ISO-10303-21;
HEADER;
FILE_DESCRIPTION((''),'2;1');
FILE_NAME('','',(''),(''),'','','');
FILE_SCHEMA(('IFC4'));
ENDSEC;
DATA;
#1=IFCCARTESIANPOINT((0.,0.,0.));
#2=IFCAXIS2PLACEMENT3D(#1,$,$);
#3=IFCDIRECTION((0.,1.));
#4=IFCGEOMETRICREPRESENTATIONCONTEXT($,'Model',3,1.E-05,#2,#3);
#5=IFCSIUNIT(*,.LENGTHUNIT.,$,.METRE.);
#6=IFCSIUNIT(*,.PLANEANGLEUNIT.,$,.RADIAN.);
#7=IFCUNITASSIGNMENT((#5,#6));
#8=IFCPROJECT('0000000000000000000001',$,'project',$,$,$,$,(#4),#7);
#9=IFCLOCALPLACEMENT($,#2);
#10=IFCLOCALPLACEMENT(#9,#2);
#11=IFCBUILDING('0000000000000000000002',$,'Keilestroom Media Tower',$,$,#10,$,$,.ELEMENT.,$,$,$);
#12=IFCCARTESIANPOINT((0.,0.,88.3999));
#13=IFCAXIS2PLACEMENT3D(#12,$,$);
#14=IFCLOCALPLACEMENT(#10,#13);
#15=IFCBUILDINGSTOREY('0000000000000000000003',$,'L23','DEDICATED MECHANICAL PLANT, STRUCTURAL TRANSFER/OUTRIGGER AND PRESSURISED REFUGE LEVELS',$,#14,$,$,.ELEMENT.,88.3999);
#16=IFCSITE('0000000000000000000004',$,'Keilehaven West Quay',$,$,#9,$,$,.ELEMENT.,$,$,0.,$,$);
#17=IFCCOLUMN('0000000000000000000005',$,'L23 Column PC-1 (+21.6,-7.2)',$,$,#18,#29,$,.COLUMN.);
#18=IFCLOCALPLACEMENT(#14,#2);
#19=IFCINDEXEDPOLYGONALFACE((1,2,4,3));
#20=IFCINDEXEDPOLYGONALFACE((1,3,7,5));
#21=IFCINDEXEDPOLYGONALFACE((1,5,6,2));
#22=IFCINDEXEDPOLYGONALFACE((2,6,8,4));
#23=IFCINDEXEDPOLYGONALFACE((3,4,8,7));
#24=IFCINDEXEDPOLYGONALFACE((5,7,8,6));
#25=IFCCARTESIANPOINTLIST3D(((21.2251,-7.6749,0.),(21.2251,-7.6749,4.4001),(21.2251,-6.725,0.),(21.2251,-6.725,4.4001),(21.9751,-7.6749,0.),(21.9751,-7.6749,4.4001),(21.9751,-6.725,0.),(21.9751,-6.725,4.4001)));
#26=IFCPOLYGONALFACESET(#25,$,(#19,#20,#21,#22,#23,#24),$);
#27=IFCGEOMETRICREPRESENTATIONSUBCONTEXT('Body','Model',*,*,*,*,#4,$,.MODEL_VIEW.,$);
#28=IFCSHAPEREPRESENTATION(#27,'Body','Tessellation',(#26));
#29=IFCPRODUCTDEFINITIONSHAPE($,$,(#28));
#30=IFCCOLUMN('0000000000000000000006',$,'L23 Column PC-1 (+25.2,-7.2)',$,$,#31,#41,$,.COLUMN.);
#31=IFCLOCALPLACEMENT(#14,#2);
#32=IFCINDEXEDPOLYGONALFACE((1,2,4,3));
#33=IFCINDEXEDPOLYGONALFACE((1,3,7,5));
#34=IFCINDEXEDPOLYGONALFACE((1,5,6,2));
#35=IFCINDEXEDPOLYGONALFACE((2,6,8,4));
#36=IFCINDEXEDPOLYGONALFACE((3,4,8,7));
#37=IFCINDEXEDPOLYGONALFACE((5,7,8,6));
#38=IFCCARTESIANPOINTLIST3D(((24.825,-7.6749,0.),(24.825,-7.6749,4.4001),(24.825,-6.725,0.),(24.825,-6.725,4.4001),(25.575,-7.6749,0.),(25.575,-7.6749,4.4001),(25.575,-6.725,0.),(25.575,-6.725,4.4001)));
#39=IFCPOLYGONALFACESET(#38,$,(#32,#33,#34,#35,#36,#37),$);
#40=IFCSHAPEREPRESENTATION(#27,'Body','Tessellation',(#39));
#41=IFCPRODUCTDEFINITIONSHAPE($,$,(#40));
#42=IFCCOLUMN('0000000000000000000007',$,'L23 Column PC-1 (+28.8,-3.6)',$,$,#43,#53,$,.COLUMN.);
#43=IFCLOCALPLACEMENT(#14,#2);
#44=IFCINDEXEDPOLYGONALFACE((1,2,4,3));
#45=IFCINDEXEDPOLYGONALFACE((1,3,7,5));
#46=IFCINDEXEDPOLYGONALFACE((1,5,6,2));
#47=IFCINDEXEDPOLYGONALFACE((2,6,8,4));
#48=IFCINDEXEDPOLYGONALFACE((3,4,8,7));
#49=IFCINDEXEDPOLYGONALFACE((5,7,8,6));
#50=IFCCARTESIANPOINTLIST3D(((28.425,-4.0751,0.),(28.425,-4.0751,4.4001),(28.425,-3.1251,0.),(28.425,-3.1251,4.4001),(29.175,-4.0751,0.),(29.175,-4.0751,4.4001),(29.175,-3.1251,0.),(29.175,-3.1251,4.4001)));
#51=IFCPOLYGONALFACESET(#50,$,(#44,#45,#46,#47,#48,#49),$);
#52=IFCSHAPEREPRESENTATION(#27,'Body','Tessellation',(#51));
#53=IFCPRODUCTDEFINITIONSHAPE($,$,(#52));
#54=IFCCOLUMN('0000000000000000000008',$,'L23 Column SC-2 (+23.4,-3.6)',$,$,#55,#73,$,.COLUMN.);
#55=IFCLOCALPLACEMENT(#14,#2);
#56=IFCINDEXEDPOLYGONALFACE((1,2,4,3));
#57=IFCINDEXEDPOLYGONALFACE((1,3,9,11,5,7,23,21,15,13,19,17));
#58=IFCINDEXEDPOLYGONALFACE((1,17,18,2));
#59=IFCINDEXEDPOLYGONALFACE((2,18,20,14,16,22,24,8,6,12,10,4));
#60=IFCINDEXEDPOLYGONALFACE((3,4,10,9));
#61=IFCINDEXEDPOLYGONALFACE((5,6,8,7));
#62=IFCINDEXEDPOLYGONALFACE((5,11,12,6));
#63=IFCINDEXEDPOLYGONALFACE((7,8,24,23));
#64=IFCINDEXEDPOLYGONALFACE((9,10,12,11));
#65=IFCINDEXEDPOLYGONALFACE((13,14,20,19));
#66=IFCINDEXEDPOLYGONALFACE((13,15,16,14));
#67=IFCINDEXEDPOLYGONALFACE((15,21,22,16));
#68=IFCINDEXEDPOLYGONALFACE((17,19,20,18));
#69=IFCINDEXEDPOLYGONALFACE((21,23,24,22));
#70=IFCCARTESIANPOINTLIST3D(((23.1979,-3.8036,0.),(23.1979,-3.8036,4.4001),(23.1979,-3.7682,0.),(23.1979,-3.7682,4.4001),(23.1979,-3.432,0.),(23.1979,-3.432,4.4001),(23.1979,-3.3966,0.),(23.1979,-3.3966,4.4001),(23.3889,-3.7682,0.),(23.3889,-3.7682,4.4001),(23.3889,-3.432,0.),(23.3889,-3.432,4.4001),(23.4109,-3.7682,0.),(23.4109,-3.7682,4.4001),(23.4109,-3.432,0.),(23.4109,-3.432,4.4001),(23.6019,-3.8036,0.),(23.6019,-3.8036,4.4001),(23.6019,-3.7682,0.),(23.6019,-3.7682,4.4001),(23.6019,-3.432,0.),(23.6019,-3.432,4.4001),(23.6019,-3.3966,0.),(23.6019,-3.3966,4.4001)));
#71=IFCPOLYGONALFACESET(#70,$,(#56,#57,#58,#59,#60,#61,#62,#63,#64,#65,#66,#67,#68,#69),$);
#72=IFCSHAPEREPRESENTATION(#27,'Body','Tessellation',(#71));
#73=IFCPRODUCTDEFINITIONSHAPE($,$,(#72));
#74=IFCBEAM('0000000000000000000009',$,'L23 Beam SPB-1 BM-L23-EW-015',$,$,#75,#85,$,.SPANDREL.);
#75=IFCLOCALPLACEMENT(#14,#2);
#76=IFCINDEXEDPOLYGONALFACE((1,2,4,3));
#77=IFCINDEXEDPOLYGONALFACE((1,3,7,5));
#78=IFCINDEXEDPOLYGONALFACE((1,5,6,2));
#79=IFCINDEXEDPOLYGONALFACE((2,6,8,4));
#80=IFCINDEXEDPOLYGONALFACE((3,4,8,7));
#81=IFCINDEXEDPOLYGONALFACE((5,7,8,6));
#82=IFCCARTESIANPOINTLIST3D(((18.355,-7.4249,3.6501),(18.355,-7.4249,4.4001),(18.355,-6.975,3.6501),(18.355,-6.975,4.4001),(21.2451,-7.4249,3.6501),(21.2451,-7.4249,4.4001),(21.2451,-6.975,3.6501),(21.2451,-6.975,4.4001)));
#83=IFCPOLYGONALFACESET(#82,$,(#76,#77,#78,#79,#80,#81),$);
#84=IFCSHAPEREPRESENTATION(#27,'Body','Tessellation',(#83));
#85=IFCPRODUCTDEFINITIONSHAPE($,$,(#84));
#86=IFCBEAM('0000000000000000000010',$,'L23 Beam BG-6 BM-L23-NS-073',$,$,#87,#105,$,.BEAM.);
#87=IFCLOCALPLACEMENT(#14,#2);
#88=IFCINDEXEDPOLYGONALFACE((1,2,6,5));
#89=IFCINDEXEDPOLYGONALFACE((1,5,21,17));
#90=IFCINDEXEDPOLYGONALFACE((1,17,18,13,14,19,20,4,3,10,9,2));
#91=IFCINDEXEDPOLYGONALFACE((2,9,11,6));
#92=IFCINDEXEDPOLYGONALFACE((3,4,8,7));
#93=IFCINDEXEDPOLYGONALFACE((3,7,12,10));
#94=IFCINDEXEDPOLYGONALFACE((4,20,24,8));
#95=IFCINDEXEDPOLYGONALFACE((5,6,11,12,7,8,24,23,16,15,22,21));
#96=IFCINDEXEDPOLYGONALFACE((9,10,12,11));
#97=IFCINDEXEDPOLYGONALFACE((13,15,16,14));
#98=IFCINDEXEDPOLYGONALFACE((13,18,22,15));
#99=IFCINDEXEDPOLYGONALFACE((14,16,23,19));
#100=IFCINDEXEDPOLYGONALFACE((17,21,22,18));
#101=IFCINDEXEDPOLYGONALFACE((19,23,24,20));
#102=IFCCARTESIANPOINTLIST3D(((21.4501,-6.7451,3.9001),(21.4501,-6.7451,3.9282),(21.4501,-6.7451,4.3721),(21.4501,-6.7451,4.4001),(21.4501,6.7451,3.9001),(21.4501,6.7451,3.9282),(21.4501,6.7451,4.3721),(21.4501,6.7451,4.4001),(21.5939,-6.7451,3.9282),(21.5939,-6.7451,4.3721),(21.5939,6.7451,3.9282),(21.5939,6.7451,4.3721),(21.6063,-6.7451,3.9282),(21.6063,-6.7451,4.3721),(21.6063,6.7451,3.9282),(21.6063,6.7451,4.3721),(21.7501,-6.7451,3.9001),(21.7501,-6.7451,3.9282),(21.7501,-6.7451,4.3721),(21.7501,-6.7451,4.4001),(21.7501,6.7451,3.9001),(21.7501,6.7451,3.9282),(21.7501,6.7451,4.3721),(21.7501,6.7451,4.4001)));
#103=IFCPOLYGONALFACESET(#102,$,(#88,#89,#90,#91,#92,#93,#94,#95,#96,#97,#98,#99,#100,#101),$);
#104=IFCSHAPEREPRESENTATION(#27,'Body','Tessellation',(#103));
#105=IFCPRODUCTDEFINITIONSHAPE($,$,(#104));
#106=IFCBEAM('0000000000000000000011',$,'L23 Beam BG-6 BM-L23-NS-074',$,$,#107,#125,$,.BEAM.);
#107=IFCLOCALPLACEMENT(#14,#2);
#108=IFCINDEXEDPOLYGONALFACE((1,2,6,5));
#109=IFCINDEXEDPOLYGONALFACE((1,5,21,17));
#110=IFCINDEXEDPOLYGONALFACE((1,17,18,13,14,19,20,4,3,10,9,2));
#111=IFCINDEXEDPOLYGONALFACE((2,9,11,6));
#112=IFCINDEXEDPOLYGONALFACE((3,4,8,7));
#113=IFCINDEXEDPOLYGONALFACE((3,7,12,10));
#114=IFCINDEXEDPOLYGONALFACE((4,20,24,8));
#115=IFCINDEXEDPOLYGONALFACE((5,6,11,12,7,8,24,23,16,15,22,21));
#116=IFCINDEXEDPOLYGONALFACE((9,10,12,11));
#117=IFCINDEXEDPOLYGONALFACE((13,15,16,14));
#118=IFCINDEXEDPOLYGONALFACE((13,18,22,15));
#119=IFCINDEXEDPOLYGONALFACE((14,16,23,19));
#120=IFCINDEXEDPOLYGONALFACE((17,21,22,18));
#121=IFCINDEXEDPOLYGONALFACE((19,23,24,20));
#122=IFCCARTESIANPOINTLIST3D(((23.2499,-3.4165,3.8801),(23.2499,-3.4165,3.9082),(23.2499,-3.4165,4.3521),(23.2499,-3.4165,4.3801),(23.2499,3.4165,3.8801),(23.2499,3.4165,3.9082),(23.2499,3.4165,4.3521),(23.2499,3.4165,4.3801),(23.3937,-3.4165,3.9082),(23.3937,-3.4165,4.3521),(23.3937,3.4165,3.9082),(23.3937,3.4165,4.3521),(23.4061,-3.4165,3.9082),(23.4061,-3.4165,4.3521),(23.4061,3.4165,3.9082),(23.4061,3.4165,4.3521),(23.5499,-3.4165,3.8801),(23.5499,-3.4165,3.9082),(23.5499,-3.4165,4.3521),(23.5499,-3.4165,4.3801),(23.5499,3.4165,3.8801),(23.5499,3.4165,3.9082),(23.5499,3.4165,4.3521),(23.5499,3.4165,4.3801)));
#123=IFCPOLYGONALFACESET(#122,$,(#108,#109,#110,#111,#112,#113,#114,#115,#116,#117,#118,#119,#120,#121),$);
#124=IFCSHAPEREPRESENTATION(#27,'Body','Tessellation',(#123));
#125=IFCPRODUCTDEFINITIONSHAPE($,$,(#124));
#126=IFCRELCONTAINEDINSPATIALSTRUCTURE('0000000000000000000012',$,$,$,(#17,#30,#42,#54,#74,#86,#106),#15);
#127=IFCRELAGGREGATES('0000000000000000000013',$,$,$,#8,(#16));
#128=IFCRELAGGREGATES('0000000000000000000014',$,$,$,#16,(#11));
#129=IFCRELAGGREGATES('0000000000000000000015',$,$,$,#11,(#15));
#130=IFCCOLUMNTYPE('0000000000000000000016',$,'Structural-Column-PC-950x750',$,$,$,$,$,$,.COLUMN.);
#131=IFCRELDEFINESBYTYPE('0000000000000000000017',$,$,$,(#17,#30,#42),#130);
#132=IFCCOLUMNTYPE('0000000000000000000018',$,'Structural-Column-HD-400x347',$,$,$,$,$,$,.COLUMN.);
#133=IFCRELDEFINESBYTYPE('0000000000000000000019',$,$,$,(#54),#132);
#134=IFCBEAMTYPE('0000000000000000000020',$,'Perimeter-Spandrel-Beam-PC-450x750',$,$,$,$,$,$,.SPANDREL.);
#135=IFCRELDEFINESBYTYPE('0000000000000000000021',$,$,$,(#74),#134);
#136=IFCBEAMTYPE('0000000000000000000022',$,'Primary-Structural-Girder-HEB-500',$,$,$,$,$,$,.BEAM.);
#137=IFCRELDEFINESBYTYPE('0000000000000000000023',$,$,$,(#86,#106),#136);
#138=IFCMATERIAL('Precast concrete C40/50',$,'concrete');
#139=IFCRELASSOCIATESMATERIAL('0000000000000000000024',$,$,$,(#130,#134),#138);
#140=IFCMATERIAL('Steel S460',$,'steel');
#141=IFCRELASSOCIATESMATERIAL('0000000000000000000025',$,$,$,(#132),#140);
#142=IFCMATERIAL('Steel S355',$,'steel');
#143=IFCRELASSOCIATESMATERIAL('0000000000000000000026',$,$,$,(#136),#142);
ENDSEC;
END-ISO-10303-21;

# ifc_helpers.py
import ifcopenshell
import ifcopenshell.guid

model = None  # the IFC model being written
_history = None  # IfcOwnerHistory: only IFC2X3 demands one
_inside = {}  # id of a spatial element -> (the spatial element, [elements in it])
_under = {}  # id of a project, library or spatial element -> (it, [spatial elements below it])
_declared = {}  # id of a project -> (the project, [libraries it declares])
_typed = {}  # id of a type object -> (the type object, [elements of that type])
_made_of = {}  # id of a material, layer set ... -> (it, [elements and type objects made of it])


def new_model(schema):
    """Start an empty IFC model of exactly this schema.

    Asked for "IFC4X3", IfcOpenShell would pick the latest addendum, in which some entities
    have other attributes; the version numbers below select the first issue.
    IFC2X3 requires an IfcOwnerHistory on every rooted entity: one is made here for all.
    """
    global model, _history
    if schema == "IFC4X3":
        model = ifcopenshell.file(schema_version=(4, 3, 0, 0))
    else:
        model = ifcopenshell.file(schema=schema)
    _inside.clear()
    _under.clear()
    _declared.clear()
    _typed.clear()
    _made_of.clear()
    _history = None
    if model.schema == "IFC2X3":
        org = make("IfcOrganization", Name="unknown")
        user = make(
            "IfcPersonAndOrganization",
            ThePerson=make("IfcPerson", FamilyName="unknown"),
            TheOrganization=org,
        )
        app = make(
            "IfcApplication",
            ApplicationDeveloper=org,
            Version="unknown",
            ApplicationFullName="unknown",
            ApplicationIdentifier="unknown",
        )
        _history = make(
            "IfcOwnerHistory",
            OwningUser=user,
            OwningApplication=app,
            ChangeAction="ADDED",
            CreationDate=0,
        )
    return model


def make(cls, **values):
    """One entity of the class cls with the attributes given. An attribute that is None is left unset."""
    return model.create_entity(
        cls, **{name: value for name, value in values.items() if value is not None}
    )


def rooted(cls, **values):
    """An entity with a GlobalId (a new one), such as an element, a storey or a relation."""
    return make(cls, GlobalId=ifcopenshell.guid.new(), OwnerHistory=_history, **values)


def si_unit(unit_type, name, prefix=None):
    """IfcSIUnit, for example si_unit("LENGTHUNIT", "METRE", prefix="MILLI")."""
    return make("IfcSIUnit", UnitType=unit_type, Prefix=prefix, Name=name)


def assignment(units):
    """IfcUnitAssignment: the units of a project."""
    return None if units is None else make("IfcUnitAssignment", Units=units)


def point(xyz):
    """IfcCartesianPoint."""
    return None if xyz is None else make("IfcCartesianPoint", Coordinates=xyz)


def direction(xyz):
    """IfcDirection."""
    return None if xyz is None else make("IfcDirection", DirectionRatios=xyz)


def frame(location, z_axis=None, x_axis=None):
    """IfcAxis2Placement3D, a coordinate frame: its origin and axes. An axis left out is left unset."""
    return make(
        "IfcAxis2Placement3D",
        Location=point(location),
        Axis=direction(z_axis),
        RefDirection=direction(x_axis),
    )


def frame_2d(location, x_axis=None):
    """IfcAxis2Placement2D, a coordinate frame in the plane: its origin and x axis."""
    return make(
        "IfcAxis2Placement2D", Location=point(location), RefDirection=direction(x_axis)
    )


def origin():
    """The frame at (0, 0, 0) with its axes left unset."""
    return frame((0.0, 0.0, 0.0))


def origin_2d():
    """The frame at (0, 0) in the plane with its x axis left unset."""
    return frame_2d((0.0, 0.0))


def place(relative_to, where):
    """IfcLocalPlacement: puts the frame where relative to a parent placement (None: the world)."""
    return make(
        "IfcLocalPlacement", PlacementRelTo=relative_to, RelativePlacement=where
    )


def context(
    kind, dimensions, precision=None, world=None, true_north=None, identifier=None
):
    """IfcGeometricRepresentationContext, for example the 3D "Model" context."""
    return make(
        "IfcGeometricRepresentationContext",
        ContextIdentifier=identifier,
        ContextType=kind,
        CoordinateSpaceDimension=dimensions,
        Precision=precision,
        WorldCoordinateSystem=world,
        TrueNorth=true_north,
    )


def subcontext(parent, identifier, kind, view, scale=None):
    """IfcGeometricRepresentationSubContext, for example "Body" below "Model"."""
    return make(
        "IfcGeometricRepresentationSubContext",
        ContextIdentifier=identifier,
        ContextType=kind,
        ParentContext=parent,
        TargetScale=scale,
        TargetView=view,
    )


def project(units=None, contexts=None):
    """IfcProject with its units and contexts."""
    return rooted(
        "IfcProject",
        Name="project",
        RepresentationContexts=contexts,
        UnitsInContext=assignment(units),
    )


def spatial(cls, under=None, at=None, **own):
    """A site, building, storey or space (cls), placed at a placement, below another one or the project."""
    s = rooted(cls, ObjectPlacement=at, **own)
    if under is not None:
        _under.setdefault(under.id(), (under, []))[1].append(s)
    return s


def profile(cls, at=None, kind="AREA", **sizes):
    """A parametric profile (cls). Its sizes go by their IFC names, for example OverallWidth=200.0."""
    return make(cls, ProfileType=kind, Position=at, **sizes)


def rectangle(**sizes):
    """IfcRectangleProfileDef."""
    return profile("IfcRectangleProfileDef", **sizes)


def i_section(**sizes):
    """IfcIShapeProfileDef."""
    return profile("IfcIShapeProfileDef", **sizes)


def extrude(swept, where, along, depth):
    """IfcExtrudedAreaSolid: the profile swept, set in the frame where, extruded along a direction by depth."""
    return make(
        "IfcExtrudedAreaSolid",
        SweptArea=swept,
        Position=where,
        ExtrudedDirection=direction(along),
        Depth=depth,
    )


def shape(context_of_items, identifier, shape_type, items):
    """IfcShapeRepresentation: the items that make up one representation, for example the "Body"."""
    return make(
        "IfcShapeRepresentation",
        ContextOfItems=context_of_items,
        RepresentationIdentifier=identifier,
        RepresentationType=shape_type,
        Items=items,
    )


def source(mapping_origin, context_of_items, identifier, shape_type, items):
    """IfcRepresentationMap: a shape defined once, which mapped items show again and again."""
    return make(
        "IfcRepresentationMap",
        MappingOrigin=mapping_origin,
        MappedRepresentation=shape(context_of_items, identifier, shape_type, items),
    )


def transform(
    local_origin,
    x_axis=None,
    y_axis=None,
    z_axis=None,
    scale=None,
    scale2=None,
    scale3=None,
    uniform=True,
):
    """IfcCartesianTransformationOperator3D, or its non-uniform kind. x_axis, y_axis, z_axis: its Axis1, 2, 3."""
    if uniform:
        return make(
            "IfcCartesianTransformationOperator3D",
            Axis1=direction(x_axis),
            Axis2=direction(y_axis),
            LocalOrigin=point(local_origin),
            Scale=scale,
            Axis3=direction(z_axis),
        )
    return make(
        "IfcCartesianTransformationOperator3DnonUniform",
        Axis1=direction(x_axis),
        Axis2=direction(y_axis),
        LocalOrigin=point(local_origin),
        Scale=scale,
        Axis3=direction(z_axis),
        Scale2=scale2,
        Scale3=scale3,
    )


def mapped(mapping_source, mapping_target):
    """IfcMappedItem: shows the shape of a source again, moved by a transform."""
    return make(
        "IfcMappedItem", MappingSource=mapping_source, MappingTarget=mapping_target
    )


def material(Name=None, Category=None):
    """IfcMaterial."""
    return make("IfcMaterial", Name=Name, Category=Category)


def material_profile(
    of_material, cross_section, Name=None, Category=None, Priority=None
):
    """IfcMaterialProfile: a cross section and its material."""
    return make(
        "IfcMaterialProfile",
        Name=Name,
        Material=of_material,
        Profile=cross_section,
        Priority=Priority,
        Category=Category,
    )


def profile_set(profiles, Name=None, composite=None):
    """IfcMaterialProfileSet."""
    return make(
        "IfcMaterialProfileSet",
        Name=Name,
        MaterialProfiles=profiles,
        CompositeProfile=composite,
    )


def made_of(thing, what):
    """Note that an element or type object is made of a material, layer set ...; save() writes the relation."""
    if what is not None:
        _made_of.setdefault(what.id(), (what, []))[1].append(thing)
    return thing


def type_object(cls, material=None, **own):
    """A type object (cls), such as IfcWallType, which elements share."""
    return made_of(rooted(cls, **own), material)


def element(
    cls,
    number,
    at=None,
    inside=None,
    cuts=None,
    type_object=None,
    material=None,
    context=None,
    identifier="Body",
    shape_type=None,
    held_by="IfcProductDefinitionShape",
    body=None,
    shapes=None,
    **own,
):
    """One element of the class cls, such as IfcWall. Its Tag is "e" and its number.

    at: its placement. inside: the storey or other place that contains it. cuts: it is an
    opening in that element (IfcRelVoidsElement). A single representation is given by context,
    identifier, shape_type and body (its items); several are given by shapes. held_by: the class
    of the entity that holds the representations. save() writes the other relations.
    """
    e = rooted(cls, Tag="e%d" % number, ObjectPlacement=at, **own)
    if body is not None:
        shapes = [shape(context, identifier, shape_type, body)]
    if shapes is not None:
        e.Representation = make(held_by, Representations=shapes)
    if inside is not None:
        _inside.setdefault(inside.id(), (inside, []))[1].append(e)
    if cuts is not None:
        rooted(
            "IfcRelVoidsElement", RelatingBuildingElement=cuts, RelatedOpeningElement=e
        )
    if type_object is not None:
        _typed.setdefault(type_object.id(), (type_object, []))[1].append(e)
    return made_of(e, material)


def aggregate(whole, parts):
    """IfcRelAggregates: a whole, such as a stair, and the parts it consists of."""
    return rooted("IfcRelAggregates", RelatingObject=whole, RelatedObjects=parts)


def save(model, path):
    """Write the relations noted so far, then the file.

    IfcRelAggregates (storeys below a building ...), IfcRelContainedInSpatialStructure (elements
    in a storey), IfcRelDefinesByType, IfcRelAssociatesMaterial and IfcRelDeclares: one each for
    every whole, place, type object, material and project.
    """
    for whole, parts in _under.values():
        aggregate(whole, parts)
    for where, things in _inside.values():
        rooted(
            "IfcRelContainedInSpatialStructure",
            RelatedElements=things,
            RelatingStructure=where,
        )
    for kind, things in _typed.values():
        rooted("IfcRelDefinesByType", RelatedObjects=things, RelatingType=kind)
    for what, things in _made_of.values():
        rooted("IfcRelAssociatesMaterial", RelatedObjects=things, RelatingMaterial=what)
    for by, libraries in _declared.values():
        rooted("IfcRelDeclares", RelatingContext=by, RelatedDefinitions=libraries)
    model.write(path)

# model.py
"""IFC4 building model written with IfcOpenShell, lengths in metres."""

from ifc_helpers import new_model, si_unit, direction, frame, origin, origin_2d, place, context, subcontext, project, spatial, rectangle, i_section, extrude, source, transform, mapped, material, material_profile, profile_set, type_object, element, save


model = new_model("IFC4")

# Units and contexts
model_context = context("Model", 3, precision=1e-05, world=origin(), true_north=direction((0.0, 1.0)))
body_context = subcontext(model_context, "Body", "Model", "MODEL_VIEW")
ifc_project = project(units=[si_unit("LENGTHUNIT", "METRE"), si_unit("PLANEANGLEUNIT", "RADIAN")], contexts=[model_context])

# Site, building, storey
site_placement = place(None, origin())
site = spatial("IfcSite", under=ifc_project, at=site_placement, Name="Keilehaven West Quay", CompositionType="ELEMENT", RefElevation=0.0)
building_placement = place(site_placement, origin())
building = spatial("IfcBuilding", under=site, at=building_placement, Name="Keilestroom Media Tower", CompositionType="ELEMENT")
storey_placement = place(building_placement, frame((0.0, 0.0, 88.3999)))
storey = spatial("IfcBuildingStorey", under=building, at=storey_placement, Name="L23", Description="DEDICATED MECHANICAL PLANT, STRUCTURAL TRANSFER/OUTRIGGER AND PRESSURISED REFUGE LEVELS", CompositionType="ELEMENT", Elevation=88.3999)

# Columns
ifc_material_1 = material(Name="Precast concrete C40/50", Category="concrete")
ifc_material_profile_1 = material_profile(ifc_material_1, rectangle(XDim=0.75, YDim=0.95, at=origin_2d()), Name="PC 950x750")
ifc_profile_set_1 = profile_set([ifc_material_profile_1], Name="Precast concrete C40/50")
column_type_1 = type_object("IfcColumnType", Name="Structural-Column-PC-950x750", PredefinedType="COLUMN", material=ifc_profile_set_1)
shared_shape_1 = source(origin(), body_context, "Body", "SweptSolid", [
    extrude(rectangle(XDim=0.75, YDim=0.95, at=origin_2d()), origin(), (0.0, 0.0, 1.0), 4.4001),
])
for number, where, z_axis, x_axis, name in (
    (1, (21.6001, -7.2, 0.0), (0.0, 0.0, 1.0), (1.0, 0.0, 0.0), "L23 Column PC-1 (+21.6,-7.2)"),
    (2, (25.2, -7.2, 0.0), (0.0, 0.0, 1.0), (1.0, 0.0, 0.0), "L23 Column PC-1 (+25.2,-7.2)"),
    (3, (28.8, -3.6001, 0.0), (0.0, 0.0, 1.0), (1.0, 0.0, 0.0), "L23 Column PC-1 (+28.8,-3.6)"),
):
    element("IfcColumn", number, at=place(storey_placement, frame(where, z_axis=z_axis, x_axis=x_axis)), inside=storey, type_object=column_type_1, Name=name, PredefinedType="COLUMN", context=body_context, shape_type="MappedRepresentation", body=[
        mapped(shared_shape_1, transform((0.0, 0.0, 0.0), x_axis=(1.0, 0.0, 0.0), y_axis=(0.0, 1.0, 0.0), z_axis=(0.0, 0.0, 1.0), scale=1.0)),
    ])
ifc_material_2 = material(Name="Steel S460", Category="steel")
ifc_material_profile_2 = material_profile(ifc_material_2, i_section(OverallWidth=0.4041, OverallDepth=0.407, WebThickness=0.022, FlangeThickness=0.0354, at=origin_2d()), Name="HD 400x347")
ifc_profile_set_2 = profile_set([ifc_material_profile_2], Name="Steel S460")
column_type_2 = type_object("IfcColumnType", Name="Structural-Column-HD-400x347", PredefinedType="COLUMN", material=ifc_profile_set_2)
shared_shape_2 = source(origin(), body_context, "Body", "SweptSolid", [
    extrude(i_section(OverallWidth=0.4041, OverallDepth=0.407, WebThickness=0.022, FlangeThickness=0.0354, at=origin_2d()), origin(), (0.0, 0.0, 1.0), 4.4001),
])
column_placement = place(storey_placement, frame((23.3999, -3.6001, 0.0), z_axis=(0.0, 0.0, 1.0), x_axis=(1.0, 0.0, 0.0)))
element("IfcColumn", 4, at=column_placement, inside=storey, type_object=column_type_2, Name="L23 Column SC-2 (+23.4,-3.6)", PredefinedType="COLUMN", context=body_context, shape_type="MappedRepresentation", body=[
    mapped(shared_shape_2, transform((0.0, 0.0, 0.0), x_axis=(1.0, 0.0, 0.0), y_axis=(0.0, 1.0, 0.0), z_axis=(0.0, 0.0, 1.0), scale=1.0)),
])

# Beams
ifc_material_profile_3 = material_profile(ifc_material_1, rectangle(XDim=0.45, YDim=0.75, at=origin_2d()), Name="PC 450x750")
ifc_profile_set_3 = profile_set([ifc_material_profile_3], Name="Precast concrete C40/50")
beam_type_1 = type_object("IfcBeamType", Name="Perimeter-Spandrel-Beam-PC-450x750", PredefinedType="SPANDREL", material=ifc_profile_set_3)
shared_shape_3 = source(origin(), body_context, "Body", "SweptSolid", [
    extrude(rectangle(XDim=0.45, YDim=0.75, at=origin_2d()), origin(), (0.0, 0.0, 1.0), 2.8901),
])
beam_1_placement = place(storey_placement, frame((18.355, -7.2, 4.0251), z_axis=(1.0, 0.0, 0.0), x_axis=(0.0, 1.0, 0.0)))
element("IfcBeam", 5, at=beam_1_placement, inside=storey, type_object=beam_type_1, Name="L23 Beam SPB-1 BM-L23-EW-015", PredefinedType="SPANDREL", context=body_context, shape_type="MappedRepresentation", body=[
    mapped(shared_shape_3, transform((0.0, 0.0, 0.0), x_axis=(1.0, 0.0, 0.0), y_axis=(0.0, 1.0, 0.0), z_axis=(0.0, 0.0, 1.0), scale=1.0)),
])
ifc_material_3 = material(Name="Steel S355", Category="steel")
ifc_material_profile_4 = material_profile(ifc_material_3, i_section(OverallWidth=0.3, OverallDepth=0.5, WebThickness=0.0125, FlangeThickness=0.0281, at=origin_2d()), Name="HEB 500")
ifc_profile_set_4 = profile_set([ifc_material_profile_4], Name="Steel S355")
beam_type_2 = type_object("IfcBeamType", Name="Primary-Structural-Girder-HEB-500", PredefinedType="BEAM", material=ifc_profile_set_4)
shared_shape_4 = source(origin(), body_context, "Body", "SweptSolid", [
    extrude(i_section(OverallWidth=0.3, OverallDepth=0.5, WebThickness=0.0125, FlangeThickness=0.0281, at=origin_2d()), origin(), (0.0, 0.0, 1.0), 13.4902),
])
beam_2_placement = place(storey_placement, frame((21.6001, -6.7451, 4.1501), z_axis=(0.0, 1.0, 0.0), x_axis=(-1.0, 0.0, 0.0)))
element("IfcBeam", 6, at=beam_2_placement, inside=storey, type_object=beam_type_2, Name="L23 Beam BG-6 BM-L23-NS-073", PredefinedType="BEAM", context=body_context, shape_type="MappedRepresentation", body=[
    mapped(shared_shape_4, transform((0.0, 0.0, 0.0), x_axis=(1.0, 0.0, 0.0), y_axis=(0.0, 1.0, 0.0), z_axis=(0.0, 0.0, 1.0), scale=1.0)),
])
shared_shape_5 = source(origin(), body_context, "Body", "SweptSolid", [
    extrude(i_section(OverallWidth=0.3, OverallDepth=0.5, WebThickness=0.0125, FlangeThickness=0.0281, at=origin_2d()), origin(), (0.0, 0.0, 1.0), 6.833),
])
beam_3_placement = place(storey_placement, frame((23.3999, -3.4165, 4.1301), z_axis=(0.0, 1.0, 0.0), x_axis=(-1.0, 0.0, 0.0)))
element("IfcBeam", 7, at=beam_3_placement, inside=storey, type_object=beam_type_2, Name="L23 Beam BG-6 BM-L23-NS-074", PredefinedType="BEAM", context=body_context, shape_type="MappedRepresentation", body=[
    mapped(shared_shape_5, transform((0.0, 0.0, 0.0), x_axis=(1.0, 0.0, 0.0), y_axis=(0.0, 1.0, 0.0), z_axis=(0.0, 0.0, 1.0), scale=1.0)),
])

save(model, "model.ifc")
